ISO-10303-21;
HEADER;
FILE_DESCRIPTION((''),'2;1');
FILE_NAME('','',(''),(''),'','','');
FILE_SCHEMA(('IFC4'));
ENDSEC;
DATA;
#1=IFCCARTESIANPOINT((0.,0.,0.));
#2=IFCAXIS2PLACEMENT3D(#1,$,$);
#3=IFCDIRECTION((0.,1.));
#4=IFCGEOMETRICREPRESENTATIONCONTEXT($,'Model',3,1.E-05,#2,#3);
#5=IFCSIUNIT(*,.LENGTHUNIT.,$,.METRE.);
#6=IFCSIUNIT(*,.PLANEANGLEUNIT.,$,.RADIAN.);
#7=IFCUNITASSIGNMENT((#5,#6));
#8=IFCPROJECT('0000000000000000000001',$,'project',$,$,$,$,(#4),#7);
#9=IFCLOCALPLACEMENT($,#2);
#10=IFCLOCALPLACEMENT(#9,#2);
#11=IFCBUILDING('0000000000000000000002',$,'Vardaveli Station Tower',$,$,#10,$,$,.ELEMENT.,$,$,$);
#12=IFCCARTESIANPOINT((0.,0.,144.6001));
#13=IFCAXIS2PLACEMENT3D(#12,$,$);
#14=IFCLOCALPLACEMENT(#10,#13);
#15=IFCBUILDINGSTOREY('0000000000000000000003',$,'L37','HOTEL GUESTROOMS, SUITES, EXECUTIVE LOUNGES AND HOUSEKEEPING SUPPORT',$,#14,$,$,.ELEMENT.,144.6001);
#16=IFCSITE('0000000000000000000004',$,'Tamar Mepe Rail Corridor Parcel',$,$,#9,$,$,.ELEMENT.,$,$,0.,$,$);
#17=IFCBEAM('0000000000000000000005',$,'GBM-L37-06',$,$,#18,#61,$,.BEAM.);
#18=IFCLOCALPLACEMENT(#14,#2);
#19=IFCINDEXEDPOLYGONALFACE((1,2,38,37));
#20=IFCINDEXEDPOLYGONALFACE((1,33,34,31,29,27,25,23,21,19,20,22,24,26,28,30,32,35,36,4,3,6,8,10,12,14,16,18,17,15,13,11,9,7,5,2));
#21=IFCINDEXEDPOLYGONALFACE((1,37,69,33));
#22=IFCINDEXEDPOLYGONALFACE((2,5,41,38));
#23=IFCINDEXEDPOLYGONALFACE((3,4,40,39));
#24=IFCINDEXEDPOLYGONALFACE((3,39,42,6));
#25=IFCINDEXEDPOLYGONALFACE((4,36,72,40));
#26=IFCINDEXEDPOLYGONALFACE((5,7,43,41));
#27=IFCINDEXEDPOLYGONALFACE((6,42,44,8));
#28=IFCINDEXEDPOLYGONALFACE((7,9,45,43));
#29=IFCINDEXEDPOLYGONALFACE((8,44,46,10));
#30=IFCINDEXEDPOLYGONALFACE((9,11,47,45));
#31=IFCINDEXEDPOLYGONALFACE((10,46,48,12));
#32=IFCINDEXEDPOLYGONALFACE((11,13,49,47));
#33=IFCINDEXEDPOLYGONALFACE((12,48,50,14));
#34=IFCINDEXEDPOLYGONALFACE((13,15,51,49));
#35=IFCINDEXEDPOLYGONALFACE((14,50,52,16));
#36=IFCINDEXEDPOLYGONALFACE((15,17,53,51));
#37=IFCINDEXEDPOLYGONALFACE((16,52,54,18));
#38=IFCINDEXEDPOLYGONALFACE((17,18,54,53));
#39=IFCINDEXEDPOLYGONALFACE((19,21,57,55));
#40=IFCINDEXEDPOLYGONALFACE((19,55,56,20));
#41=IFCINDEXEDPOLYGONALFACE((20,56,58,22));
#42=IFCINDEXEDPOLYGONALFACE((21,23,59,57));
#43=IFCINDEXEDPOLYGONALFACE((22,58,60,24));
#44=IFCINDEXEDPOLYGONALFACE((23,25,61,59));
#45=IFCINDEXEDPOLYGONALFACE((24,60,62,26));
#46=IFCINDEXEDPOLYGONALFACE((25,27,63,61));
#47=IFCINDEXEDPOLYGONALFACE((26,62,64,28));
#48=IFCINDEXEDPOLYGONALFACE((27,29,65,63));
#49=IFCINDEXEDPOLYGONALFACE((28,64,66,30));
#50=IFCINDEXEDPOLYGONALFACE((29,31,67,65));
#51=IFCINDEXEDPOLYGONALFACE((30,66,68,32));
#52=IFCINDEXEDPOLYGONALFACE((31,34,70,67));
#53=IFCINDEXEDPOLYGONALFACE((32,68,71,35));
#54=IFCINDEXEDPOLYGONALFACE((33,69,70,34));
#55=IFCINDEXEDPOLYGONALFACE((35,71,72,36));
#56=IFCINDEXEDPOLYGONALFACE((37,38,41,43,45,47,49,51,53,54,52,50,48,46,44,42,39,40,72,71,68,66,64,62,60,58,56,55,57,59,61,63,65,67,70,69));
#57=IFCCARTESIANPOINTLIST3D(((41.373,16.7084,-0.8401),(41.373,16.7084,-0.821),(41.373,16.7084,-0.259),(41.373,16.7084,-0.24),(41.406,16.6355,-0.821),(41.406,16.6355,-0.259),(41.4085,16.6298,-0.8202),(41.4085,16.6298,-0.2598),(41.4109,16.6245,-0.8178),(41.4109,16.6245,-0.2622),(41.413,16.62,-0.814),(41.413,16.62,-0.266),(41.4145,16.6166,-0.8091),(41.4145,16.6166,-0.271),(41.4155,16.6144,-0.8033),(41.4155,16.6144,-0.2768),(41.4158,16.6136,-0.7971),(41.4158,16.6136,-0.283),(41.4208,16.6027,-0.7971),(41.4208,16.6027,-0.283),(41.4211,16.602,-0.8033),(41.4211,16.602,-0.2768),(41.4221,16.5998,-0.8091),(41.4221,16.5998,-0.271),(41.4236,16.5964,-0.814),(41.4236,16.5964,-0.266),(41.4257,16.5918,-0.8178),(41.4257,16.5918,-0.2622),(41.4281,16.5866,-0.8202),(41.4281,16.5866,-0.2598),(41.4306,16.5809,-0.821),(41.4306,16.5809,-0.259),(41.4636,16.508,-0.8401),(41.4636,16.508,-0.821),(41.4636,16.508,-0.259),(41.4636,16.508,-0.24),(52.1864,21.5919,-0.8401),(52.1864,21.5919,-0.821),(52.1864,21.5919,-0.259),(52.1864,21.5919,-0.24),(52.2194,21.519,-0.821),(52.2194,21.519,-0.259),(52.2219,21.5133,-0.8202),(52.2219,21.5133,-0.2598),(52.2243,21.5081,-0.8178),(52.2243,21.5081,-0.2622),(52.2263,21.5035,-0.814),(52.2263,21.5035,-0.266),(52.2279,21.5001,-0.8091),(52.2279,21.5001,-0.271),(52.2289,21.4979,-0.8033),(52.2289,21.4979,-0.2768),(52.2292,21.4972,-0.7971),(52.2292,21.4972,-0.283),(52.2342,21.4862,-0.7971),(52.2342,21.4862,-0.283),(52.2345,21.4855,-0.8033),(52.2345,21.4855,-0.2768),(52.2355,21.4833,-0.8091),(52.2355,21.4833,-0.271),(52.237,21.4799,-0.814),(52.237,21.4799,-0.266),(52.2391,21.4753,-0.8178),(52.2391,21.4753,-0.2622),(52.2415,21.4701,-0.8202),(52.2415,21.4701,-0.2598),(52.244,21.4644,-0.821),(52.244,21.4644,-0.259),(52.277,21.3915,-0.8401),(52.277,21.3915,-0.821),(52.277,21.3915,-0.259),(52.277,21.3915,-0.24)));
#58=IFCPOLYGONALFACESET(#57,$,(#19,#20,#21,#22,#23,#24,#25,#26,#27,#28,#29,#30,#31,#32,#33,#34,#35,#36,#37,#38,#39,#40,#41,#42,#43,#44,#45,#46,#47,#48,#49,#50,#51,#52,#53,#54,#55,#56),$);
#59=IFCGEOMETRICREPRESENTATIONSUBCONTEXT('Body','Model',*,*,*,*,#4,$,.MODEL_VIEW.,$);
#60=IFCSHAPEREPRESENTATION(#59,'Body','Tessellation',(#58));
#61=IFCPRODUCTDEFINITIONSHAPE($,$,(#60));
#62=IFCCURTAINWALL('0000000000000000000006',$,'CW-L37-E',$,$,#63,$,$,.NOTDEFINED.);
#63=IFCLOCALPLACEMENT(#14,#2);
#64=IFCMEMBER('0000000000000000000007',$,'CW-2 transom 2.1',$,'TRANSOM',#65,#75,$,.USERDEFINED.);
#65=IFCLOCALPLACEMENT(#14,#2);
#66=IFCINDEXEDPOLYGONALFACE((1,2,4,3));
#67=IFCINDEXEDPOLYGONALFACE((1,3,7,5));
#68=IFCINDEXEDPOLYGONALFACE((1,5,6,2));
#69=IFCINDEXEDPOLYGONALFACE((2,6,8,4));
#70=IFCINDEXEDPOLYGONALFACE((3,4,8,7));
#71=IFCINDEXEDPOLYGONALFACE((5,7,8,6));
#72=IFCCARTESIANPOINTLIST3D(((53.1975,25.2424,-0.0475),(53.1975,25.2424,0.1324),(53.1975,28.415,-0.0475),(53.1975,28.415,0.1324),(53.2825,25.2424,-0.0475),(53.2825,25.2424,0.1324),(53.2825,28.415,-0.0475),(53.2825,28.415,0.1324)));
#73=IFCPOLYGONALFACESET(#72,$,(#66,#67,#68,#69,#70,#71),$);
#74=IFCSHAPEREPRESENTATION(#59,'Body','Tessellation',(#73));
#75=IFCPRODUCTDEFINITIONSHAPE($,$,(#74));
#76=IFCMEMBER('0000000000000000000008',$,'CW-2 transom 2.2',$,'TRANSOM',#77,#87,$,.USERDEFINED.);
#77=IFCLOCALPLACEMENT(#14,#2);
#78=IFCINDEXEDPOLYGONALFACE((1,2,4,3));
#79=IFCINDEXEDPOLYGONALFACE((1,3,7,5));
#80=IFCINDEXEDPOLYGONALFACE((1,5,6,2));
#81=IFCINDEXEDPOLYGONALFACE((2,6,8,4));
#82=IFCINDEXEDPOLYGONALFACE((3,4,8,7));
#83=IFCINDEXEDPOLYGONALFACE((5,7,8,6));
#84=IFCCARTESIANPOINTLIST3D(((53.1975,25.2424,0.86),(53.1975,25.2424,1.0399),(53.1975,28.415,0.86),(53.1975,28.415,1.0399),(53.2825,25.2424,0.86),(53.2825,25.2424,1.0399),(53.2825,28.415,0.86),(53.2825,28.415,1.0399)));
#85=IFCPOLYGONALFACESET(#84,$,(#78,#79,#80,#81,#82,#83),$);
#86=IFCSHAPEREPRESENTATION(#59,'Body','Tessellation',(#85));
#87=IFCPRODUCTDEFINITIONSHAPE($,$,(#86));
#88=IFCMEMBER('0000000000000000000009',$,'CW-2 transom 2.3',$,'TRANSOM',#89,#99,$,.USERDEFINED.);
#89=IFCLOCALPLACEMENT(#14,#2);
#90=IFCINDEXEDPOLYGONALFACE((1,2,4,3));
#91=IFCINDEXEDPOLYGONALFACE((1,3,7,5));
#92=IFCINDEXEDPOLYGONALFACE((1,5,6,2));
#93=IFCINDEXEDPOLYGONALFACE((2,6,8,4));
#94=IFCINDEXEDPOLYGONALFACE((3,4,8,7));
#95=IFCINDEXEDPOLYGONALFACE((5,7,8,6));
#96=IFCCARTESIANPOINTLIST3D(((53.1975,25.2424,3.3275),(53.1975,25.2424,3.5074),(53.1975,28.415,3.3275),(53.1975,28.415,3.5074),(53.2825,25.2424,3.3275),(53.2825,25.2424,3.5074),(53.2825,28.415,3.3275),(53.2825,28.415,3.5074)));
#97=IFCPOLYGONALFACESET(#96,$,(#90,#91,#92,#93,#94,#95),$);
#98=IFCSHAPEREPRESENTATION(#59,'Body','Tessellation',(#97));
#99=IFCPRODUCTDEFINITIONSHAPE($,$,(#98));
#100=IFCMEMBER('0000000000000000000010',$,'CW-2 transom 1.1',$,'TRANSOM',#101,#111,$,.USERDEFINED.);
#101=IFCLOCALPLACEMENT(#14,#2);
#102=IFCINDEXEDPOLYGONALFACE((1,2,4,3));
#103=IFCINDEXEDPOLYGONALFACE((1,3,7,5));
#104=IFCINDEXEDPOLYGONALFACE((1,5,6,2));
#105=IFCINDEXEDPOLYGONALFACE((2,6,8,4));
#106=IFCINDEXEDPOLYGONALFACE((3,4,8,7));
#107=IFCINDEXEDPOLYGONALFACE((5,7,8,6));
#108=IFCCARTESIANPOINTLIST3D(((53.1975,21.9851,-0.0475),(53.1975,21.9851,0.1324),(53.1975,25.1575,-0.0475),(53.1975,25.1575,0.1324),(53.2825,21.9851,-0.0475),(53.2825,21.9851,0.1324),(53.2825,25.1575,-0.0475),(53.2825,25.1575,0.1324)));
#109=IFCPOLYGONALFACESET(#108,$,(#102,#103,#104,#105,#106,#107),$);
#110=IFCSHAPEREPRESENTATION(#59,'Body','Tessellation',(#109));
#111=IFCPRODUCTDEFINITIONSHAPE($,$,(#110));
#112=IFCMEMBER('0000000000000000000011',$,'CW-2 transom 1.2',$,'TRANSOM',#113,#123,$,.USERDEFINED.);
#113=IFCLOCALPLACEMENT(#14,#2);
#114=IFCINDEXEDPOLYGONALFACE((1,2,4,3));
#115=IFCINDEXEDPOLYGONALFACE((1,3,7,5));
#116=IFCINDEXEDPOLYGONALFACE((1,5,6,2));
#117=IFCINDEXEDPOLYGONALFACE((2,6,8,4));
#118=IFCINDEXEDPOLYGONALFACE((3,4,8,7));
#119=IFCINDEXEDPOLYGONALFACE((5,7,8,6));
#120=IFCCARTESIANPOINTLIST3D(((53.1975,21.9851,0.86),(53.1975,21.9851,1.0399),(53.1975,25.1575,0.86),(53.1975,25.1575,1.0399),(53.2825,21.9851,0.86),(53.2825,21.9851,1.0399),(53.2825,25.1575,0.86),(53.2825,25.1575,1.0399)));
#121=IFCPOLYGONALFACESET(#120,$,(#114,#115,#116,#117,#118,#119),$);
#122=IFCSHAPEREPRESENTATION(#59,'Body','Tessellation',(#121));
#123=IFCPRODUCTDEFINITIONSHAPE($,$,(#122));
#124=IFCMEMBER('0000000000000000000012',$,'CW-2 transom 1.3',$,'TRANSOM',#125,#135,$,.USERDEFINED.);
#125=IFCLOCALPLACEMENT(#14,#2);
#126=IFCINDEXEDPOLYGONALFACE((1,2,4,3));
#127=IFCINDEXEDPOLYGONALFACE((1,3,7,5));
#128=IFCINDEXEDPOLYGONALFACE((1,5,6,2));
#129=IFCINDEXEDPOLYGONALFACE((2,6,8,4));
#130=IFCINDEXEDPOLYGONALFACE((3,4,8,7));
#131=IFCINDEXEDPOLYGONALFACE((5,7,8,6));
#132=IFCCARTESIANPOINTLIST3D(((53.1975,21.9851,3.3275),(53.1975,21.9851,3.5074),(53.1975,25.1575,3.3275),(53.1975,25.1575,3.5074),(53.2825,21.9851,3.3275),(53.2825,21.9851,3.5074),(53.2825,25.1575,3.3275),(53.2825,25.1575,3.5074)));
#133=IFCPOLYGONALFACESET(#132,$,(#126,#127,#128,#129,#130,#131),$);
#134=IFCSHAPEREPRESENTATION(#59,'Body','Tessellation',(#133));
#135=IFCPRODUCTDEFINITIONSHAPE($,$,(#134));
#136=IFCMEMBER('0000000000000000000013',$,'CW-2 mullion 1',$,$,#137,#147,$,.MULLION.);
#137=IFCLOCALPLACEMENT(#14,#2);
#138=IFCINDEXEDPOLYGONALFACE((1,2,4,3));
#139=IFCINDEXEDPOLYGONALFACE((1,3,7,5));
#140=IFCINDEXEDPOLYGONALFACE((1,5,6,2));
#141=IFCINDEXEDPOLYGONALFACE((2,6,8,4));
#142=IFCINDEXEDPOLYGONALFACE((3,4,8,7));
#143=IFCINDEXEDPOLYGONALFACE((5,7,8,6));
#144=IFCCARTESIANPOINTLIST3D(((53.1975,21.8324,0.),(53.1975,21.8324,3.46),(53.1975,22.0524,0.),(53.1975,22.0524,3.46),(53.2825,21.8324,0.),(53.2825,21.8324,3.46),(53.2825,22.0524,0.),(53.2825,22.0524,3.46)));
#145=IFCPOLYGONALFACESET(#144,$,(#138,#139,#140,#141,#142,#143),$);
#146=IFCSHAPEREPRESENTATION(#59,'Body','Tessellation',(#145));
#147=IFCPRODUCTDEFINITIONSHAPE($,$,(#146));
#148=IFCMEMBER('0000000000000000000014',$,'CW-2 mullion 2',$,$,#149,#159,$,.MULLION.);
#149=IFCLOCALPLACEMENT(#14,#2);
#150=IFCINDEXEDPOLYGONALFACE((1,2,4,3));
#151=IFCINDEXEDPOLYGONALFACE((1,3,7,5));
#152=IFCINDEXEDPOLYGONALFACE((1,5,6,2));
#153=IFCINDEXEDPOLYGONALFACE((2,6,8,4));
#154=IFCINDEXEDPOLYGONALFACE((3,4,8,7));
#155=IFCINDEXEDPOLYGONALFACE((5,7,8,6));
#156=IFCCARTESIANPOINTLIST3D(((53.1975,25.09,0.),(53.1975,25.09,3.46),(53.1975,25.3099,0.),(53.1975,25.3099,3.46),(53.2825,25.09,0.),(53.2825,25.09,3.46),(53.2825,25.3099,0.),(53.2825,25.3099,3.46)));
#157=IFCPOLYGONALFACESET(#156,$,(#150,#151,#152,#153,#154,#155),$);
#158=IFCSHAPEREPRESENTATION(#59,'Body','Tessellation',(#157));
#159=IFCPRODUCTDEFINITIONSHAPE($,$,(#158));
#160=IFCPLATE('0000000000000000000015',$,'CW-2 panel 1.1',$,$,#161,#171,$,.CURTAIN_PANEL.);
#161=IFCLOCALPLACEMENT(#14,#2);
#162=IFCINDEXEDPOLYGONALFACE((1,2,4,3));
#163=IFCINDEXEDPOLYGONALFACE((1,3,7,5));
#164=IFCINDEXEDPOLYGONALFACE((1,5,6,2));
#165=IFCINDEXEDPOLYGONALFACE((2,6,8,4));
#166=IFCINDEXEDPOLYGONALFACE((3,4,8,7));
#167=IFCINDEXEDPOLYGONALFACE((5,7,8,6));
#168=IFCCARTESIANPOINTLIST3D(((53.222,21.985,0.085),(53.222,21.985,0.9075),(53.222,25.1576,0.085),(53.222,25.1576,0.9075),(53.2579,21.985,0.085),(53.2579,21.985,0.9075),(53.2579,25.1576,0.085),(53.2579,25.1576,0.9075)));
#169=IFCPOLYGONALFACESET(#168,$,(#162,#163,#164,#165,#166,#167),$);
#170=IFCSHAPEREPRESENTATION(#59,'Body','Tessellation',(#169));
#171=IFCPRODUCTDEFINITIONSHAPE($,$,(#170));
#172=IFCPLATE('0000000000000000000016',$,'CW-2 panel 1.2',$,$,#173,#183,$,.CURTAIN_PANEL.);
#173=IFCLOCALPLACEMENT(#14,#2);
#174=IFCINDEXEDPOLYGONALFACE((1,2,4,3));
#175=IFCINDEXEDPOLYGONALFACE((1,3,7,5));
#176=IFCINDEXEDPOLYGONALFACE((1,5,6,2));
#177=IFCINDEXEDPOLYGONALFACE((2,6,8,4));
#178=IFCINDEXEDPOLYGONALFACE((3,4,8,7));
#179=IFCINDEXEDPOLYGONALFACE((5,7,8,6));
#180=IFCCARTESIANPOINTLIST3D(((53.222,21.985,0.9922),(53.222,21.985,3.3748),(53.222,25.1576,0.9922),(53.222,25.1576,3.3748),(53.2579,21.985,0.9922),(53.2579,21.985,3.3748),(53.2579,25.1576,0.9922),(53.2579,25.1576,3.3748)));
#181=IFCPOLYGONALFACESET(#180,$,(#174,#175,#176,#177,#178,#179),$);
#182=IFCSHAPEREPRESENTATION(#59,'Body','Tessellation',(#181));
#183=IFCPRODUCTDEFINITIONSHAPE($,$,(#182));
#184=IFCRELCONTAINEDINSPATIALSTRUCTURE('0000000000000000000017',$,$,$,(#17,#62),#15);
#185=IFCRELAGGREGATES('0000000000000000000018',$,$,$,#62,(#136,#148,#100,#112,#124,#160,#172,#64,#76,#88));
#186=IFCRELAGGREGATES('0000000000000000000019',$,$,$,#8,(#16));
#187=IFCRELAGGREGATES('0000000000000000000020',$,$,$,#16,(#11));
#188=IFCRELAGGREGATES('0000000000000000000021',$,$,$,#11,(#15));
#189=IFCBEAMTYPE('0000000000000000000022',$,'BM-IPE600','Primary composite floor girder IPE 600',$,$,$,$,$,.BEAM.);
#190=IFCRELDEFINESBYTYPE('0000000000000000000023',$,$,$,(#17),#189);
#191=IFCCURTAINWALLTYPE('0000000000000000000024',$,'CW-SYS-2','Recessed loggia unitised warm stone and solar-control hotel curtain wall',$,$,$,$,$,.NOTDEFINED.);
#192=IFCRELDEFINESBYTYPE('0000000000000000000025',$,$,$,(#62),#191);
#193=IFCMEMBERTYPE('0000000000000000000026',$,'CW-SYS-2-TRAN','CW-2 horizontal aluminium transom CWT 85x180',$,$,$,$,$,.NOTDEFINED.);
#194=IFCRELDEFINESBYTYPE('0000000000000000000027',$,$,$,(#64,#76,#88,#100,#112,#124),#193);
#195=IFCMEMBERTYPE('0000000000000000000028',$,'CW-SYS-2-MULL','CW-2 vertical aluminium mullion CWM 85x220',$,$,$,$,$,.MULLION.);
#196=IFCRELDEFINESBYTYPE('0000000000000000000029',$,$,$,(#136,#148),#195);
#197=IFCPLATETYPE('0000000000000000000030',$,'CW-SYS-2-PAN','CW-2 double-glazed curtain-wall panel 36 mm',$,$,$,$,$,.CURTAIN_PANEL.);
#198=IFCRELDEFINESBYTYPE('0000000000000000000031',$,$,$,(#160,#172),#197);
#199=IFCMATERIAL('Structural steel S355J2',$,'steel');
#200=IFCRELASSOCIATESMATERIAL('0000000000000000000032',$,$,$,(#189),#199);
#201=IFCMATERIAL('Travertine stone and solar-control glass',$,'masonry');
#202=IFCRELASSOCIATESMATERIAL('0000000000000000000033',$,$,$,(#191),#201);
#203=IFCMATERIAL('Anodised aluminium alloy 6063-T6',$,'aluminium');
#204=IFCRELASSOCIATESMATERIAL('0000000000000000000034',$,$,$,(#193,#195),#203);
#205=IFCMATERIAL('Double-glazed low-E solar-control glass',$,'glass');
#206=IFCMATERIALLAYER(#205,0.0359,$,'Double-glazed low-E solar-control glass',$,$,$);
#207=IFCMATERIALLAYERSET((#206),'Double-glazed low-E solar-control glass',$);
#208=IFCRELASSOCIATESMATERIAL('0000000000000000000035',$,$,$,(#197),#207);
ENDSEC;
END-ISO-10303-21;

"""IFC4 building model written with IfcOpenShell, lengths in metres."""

from ifc_helpers import new_model, si_unit, direction, frame, origin, origin_2d, place, context, subcontext, project, spatial, rectangle, i_section, extrude, source, transform, mapped, material, layer, layer_set, material_profile, profile_set, type_object, element, aggregate, save


model = new_model("IFC4")

# Units and contexts
model_context = context("Model", 3, precision=1e-05, world=origin(), true_north=direction((0.0, 1.0)))
body_context = subcontext(model_context, "Body", "Model", "MODEL_VIEW")
ifc_project = project(units=[si_unit("LENGTHUNIT", "METRE"), si_unit("PLANEANGLEUNIT", "RADIAN")], contexts=[model_context])

# Site, building, storey
site_placement = place(None, origin())
site = spatial("IfcSite", under=ifc_project, at=site_placement, Name="Tamar Mepe Rail Corridor Parcel", CompositionType="ELEMENT", RefElevation=0.0)
building_placement = place(site_placement, origin())
building = spatial("IfcBuilding", under=site, at=building_placement, Name="Vardaveli Station Tower", CompositionType="ELEMENT")
storey_placement = place(building_placement, frame((0.0, 0.0, 144.6001)))
storey = spatial("IfcBuildingStorey", under=building, at=storey_placement, Name="L37", Description="HOTEL GUESTROOMS, SUITES, EXECUTIVE LOUNGES AND HOUSEKEEPING SUPPORT", CompositionType="ELEMENT", Elevation=144.6001)

# Beam
ifc_material_1 = material(Name="Structural steel S355J2", Category="steel")
ifc_material_profile_1 = material_profile(ifc_material_1, i_section(OverallWidth=0.22, OverallDepth=0.6001, WebThickness=0.012, FlangeThickness=0.019, FilletRadius=0.0239, at=origin_2d()), Name="IPE 600")
ifc_profile_set_1 = profile_set([ifc_material_profile_1], Name="Structural steel S355J2")
beam_type_1 = type_object("IfcBeamType", Name="BM-IPE600", Description="Primary composite floor girder IPE 600", PredefinedType="BEAM", material=ifc_profile_set_1)
shared_shape_1 = source(origin(), body_context, "Body", "SweptSolid", [
    extrude(i_section(OverallWidth=0.22, OverallDepth=0.6001, WebThickness=0.012, FlangeThickness=0.019, FilletRadius=0.0239, at=origin_2d()), origin(), (0.0, 0.0, 1.0), 11.865),
])
beam_1_placement = place(storey_placement, frame((52.2317, 21.4917, -0.54), z_axis=(-0.911369, -0.411589, 0.0), x_axis=(0.411589, -0.911369, 0.0)))
element("IfcBeam", 1, at=beam_1_placement, inside=storey, type_object=beam_type_1, Name="GBM-L37-06", PredefinedType="BEAM", context=body_context, shape_type="MappedRepresentation", body=[
    mapped(shared_shape_1, transform((0.0, 0.0, 0.0), scale=1.0)),
])

# Curtain wall, members, plates
ifc_material_2 = material(Name="Travertine stone and solar-control glass", Category="masonry")
curtain_wall_type = type_object("IfcCurtainWallType", Name="CW-SYS-2", Description="Recessed loggia unitised warm stone and solar-control hotel curtain wall", PredefinedType="NOTDEFINED", material=ifc_material_2)
curtain_wall_placement = place(storey_placement, origin())
curtain_wall = element("IfcCurtainWall", 2, at=curtain_wall_placement, inside=storey, type_object=curtain_wall_type, Name="CW-L37-E", PredefinedType="NOTDEFINED")
ifc_material_3 = material(Name="Anodised aluminium alloy 6063-T6", Category="aluminium")
ifc_material_profile_2 = material_profile(ifc_material_3, rectangle(XDim=0.085, YDim=0.1799, at=origin_2d()), Name="CWT 85x180")
ifc_profile_set_2 = profile_set([ifc_material_profile_2], Name="Anodised aluminium alloy 6063-T6")
member_type_1 = type_object("IfcMemberType", Name="CW-SYS-2-TRAN", Description="CW-2 horizontal aluminium transom CWT 85x180", PredefinedType="NOTDEFINED", material=ifc_profile_set_2)
shared_shape_2 = source(origin(), body_context, "Body", "SweptSolid", [
    extrude(rectangle(XDim=0.085, YDim=0.1799, at=origin_2d()), origin(), (0.0, 0.0, 1.0), 3.1726),
])
member_1_placement = place(storey_placement, frame((53.24, 25.2424, 0.0425), z_axis=(0.0, 1.0, 0.0), x_axis=(-1.0, 0.0, 0.0)))
member_1 = element("IfcMember", 3, at=member_1_placement, type_object=member_type_1, Name="CW-2 transom 2.1", ObjectType="TRANSOM", PredefinedType="USERDEFINED", context=body_context, shape_type="MappedRepresentation", body=[
    mapped(shared_shape_2, transform((0.0, 0.0, 0.0), scale=1.0)),
])
member_2_placement = place(storey_placement, frame((53.24, 25.2424, 0.95), z_axis=(0.0, 1.0, 0.0), x_axis=(-1.0, 0.0, 0.0)))
member_2 = element("IfcMember", 4, at=member_2_placement, type_object=member_type_1, Name="CW-2 transom 2.2", ObjectType="TRANSOM", PredefinedType="USERDEFINED", context=body_context, shape_type="MappedRepresentation", body=[
    mapped(shared_shape_2, transform((0.0, 0.0, 0.0), scale=1.0)),
])
member_3_placement = place(storey_placement, frame((53.24, 25.2424, 3.4175), z_axis=(0.0, 1.0, 0.0), x_axis=(-1.0, 0.0, 0.0)))
member_3 = element("IfcMember", 5, at=member_3_placement, type_object=member_type_1, Name="CW-2 transom 2.3", ObjectType="TRANSOM", PredefinedType="USERDEFINED", context=body_context, shape_type="MappedRepresentation", body=[
    mapped(shared_shape_2, transform((0.0, 0.0, 0.0), scale=1.0)),
])
shared_shape_3 = source(origin(), body_context, "Body", "SweptSolid", [
    extrude(rectangle(XDim=0.085, YDim=0.1799, at=origin_2d()), origin(), (0.0, 0.0, 1.0), 3.1724),
])
member_4_placement = place(storey_placement, frame((53.24, 21.9851, 0.0425), z_axis=(0.0, 1.0, 0.0), x_axis=(-1.0, 0.0, 0.0)))
member_4 = element("IfcMember", 6, at=member_4_placement, type_object=member_type_1, Name="CW-2 transom 1.1", ObjectType="TRANSOM", PredefinedType="USERDEFINED", context=body_context, shape_type="MappedRepresentation", body=[
    mapped(shared_shape_3, transform((0.0, 0.0, 0.0), scale=1.0)),
])
member_5_placement = place(storey_placement, frame((53.24, 21.9851, 0.95), z_axis=(0.0, 1.0, 0.0), x_axis=(-1.0, 0.0, 0.0)))
member_5 = element("IfcMember", 7, at=member_5_placement, type_object=member_type_1, Name="CW-2 transom 1.2", ObjectType="TRANSOM", PredefinedType="USERDEFINED", context=body_context, shape_type="MappedRepresentation", body=[
    mapped(shared_shape_3, transform((0.0, 0.0, 0.0), scale=1.0)),
])
member_6_placement = place(storey_placement, frame((53.24, 21.9851, 3.4175), z_axis=(0.0, 1.0, 0.0), x_axis=(-1.0, 0.0, 0.0)))
member_6 = element("IfcMember", 8, at=member_6_placement, type_object=member_type_1, Name="CW-2 transom 1.3", ObjectType="TRANSOM", PredefinedType="USERDEFINED", context=body_context, shape_type="MappedRepresentation", body=[
    mapped(shared_shape_3, transform((0.0, 0.0, 0.0), scale=1.0)),
])
ifc_material_profile_3 = material_profile(ifc_material_3, rectangle(XDim=0.085, YDim=0.22, at=origin_2d()), Name="CWM 85x220")
ifc_profile_set_3 = profile_set([ifc_material_profile_3], Name="Anodised aluminium alloy 6063-T6")
member_type_2 = type_object("IfcMemberType", Name="CW-SYS-2-MULL", Description="CW-2 vertical aluminium mullion CWM 85x220", PredefinedType="MULLION", material=ifc_profile_set_3)
shared_shape_4 = source(origin(), body_context, "Body", "SweptSolid", [
    extrude(rectangle(XDim=0.085, YDim=0.22, at=origin_2d()), origin(), (0.0, 0.0, 1.0), 3.46),
])
member_7_placement = place(storey_placement, frame((53.24, 21.9424, 0.0), z_axis=(0.0, 0.0, 1.0), x_axis=(-1.0, 0.0, 0.0)))
member_7 = element("IfcMember", 9, at=member_7_placement, type_object=member_type_2, Name="CW-2 mullion 1", PredefinedType="MULLION", context=body_context, shape_type="MappedRepresentation", body=[
    mapped(shared_shape_4, transform((0.0, 0.0, 0.0), scale=1.0)),
])
member_8_placement = place(storey_placement, frame((53.24, 25.2, 0.0), z_axis=(0.0, 0.0, 1.0), x_axis=(-1.0, 0.0, 0.0)))
member_8 = element("IfcMember", 10, at=member_8_placement, type_object=member_type_2, Name="CW-2 mullion 2", PredefinedType="MULLION", context=body_context, shape_type="MappedRepresentation", body=[
    mapped(shared_shape_4, transform((0.0, 0.0, 0.0), scale=1.0)),
])
ifc_material_4 = material(Name="Double-glazed low-E solar-control glass", Category="glass")
ifc_layer_1 = layer(ifc_material_4, 0.0359, Name="Double-glazed low-E solar-control glass")
ifc_layer_set_1 = layer_set([ifc_layer_1], Name="Double-glazed low-E solar-control glass")
plate_type = type_object("IfcPlateType", Name="CW-SYS-2-PAN", Description="CW-2 double-glazed curtain-wall panel 36 mm", PredefinedType="CURTAIN_PANEL", material=ifc_layer_set_1)
shared_shape_5 = source(origin(), body_context, "Body", "SweptSolid", [
    extrude(rectangle(XDim=3.1726, YDim=0.0359, at=origin_2d()), origin(), (0.0, 0.0, 1.0), 0.8225),
])
plate_1_placement = place(storey_placement, frame((53.24, 23.5713, 0.085), z_axis=(0.0, 0.0, 1.0), x_axis=(0.0, 1.0, 0.0)))
plate_1 = element("IfcPlate", 11, at=plate_1_placement, type_object=plate_type, Name="CW-2 panel 1.1", PredefinedType="CURTAIN_PANEL", context=body_context, shape_type="MappedRepresentation", body=[
    mapped(shared_shape_5, transform((0.0, 0.0, 0.0), scale=1.0)),
])
shared_shape_6 = source(origin(), body_context, "Body", "SweptSolid", [
    extrude(rectangle(XDim=3.1726, YDim=0.0359, at=origin_2d()), origin(), (0.0, 0.0, 1.0), 2.3826),
])
plate_2_placement = place(storey_placement, frame((53.24, 23.5713, 0.9922), z_axis=(0.0, 0.0, 1.0), x_axis=(0.0, 1.0, 0.0)))
plate_2 = element("IfcPlate", 12, at=plate_2_placement, type_object=plate_type, Name="CW-2 panel 1.2", PredefinedType="CURTAIN_PANEL", context=body_context, shape_type="MappedRepresentation", body=[
    mapped(shared_shape_6, transform((0.0, 0.0, 0.0), scale=1.0)),
])
aggregate(curtain_wall, [member_7, member_8, member_4, member_5, member_6, plate_1, plate_2, member_1, member_2, member_3])

save(model, "model.ifc")
